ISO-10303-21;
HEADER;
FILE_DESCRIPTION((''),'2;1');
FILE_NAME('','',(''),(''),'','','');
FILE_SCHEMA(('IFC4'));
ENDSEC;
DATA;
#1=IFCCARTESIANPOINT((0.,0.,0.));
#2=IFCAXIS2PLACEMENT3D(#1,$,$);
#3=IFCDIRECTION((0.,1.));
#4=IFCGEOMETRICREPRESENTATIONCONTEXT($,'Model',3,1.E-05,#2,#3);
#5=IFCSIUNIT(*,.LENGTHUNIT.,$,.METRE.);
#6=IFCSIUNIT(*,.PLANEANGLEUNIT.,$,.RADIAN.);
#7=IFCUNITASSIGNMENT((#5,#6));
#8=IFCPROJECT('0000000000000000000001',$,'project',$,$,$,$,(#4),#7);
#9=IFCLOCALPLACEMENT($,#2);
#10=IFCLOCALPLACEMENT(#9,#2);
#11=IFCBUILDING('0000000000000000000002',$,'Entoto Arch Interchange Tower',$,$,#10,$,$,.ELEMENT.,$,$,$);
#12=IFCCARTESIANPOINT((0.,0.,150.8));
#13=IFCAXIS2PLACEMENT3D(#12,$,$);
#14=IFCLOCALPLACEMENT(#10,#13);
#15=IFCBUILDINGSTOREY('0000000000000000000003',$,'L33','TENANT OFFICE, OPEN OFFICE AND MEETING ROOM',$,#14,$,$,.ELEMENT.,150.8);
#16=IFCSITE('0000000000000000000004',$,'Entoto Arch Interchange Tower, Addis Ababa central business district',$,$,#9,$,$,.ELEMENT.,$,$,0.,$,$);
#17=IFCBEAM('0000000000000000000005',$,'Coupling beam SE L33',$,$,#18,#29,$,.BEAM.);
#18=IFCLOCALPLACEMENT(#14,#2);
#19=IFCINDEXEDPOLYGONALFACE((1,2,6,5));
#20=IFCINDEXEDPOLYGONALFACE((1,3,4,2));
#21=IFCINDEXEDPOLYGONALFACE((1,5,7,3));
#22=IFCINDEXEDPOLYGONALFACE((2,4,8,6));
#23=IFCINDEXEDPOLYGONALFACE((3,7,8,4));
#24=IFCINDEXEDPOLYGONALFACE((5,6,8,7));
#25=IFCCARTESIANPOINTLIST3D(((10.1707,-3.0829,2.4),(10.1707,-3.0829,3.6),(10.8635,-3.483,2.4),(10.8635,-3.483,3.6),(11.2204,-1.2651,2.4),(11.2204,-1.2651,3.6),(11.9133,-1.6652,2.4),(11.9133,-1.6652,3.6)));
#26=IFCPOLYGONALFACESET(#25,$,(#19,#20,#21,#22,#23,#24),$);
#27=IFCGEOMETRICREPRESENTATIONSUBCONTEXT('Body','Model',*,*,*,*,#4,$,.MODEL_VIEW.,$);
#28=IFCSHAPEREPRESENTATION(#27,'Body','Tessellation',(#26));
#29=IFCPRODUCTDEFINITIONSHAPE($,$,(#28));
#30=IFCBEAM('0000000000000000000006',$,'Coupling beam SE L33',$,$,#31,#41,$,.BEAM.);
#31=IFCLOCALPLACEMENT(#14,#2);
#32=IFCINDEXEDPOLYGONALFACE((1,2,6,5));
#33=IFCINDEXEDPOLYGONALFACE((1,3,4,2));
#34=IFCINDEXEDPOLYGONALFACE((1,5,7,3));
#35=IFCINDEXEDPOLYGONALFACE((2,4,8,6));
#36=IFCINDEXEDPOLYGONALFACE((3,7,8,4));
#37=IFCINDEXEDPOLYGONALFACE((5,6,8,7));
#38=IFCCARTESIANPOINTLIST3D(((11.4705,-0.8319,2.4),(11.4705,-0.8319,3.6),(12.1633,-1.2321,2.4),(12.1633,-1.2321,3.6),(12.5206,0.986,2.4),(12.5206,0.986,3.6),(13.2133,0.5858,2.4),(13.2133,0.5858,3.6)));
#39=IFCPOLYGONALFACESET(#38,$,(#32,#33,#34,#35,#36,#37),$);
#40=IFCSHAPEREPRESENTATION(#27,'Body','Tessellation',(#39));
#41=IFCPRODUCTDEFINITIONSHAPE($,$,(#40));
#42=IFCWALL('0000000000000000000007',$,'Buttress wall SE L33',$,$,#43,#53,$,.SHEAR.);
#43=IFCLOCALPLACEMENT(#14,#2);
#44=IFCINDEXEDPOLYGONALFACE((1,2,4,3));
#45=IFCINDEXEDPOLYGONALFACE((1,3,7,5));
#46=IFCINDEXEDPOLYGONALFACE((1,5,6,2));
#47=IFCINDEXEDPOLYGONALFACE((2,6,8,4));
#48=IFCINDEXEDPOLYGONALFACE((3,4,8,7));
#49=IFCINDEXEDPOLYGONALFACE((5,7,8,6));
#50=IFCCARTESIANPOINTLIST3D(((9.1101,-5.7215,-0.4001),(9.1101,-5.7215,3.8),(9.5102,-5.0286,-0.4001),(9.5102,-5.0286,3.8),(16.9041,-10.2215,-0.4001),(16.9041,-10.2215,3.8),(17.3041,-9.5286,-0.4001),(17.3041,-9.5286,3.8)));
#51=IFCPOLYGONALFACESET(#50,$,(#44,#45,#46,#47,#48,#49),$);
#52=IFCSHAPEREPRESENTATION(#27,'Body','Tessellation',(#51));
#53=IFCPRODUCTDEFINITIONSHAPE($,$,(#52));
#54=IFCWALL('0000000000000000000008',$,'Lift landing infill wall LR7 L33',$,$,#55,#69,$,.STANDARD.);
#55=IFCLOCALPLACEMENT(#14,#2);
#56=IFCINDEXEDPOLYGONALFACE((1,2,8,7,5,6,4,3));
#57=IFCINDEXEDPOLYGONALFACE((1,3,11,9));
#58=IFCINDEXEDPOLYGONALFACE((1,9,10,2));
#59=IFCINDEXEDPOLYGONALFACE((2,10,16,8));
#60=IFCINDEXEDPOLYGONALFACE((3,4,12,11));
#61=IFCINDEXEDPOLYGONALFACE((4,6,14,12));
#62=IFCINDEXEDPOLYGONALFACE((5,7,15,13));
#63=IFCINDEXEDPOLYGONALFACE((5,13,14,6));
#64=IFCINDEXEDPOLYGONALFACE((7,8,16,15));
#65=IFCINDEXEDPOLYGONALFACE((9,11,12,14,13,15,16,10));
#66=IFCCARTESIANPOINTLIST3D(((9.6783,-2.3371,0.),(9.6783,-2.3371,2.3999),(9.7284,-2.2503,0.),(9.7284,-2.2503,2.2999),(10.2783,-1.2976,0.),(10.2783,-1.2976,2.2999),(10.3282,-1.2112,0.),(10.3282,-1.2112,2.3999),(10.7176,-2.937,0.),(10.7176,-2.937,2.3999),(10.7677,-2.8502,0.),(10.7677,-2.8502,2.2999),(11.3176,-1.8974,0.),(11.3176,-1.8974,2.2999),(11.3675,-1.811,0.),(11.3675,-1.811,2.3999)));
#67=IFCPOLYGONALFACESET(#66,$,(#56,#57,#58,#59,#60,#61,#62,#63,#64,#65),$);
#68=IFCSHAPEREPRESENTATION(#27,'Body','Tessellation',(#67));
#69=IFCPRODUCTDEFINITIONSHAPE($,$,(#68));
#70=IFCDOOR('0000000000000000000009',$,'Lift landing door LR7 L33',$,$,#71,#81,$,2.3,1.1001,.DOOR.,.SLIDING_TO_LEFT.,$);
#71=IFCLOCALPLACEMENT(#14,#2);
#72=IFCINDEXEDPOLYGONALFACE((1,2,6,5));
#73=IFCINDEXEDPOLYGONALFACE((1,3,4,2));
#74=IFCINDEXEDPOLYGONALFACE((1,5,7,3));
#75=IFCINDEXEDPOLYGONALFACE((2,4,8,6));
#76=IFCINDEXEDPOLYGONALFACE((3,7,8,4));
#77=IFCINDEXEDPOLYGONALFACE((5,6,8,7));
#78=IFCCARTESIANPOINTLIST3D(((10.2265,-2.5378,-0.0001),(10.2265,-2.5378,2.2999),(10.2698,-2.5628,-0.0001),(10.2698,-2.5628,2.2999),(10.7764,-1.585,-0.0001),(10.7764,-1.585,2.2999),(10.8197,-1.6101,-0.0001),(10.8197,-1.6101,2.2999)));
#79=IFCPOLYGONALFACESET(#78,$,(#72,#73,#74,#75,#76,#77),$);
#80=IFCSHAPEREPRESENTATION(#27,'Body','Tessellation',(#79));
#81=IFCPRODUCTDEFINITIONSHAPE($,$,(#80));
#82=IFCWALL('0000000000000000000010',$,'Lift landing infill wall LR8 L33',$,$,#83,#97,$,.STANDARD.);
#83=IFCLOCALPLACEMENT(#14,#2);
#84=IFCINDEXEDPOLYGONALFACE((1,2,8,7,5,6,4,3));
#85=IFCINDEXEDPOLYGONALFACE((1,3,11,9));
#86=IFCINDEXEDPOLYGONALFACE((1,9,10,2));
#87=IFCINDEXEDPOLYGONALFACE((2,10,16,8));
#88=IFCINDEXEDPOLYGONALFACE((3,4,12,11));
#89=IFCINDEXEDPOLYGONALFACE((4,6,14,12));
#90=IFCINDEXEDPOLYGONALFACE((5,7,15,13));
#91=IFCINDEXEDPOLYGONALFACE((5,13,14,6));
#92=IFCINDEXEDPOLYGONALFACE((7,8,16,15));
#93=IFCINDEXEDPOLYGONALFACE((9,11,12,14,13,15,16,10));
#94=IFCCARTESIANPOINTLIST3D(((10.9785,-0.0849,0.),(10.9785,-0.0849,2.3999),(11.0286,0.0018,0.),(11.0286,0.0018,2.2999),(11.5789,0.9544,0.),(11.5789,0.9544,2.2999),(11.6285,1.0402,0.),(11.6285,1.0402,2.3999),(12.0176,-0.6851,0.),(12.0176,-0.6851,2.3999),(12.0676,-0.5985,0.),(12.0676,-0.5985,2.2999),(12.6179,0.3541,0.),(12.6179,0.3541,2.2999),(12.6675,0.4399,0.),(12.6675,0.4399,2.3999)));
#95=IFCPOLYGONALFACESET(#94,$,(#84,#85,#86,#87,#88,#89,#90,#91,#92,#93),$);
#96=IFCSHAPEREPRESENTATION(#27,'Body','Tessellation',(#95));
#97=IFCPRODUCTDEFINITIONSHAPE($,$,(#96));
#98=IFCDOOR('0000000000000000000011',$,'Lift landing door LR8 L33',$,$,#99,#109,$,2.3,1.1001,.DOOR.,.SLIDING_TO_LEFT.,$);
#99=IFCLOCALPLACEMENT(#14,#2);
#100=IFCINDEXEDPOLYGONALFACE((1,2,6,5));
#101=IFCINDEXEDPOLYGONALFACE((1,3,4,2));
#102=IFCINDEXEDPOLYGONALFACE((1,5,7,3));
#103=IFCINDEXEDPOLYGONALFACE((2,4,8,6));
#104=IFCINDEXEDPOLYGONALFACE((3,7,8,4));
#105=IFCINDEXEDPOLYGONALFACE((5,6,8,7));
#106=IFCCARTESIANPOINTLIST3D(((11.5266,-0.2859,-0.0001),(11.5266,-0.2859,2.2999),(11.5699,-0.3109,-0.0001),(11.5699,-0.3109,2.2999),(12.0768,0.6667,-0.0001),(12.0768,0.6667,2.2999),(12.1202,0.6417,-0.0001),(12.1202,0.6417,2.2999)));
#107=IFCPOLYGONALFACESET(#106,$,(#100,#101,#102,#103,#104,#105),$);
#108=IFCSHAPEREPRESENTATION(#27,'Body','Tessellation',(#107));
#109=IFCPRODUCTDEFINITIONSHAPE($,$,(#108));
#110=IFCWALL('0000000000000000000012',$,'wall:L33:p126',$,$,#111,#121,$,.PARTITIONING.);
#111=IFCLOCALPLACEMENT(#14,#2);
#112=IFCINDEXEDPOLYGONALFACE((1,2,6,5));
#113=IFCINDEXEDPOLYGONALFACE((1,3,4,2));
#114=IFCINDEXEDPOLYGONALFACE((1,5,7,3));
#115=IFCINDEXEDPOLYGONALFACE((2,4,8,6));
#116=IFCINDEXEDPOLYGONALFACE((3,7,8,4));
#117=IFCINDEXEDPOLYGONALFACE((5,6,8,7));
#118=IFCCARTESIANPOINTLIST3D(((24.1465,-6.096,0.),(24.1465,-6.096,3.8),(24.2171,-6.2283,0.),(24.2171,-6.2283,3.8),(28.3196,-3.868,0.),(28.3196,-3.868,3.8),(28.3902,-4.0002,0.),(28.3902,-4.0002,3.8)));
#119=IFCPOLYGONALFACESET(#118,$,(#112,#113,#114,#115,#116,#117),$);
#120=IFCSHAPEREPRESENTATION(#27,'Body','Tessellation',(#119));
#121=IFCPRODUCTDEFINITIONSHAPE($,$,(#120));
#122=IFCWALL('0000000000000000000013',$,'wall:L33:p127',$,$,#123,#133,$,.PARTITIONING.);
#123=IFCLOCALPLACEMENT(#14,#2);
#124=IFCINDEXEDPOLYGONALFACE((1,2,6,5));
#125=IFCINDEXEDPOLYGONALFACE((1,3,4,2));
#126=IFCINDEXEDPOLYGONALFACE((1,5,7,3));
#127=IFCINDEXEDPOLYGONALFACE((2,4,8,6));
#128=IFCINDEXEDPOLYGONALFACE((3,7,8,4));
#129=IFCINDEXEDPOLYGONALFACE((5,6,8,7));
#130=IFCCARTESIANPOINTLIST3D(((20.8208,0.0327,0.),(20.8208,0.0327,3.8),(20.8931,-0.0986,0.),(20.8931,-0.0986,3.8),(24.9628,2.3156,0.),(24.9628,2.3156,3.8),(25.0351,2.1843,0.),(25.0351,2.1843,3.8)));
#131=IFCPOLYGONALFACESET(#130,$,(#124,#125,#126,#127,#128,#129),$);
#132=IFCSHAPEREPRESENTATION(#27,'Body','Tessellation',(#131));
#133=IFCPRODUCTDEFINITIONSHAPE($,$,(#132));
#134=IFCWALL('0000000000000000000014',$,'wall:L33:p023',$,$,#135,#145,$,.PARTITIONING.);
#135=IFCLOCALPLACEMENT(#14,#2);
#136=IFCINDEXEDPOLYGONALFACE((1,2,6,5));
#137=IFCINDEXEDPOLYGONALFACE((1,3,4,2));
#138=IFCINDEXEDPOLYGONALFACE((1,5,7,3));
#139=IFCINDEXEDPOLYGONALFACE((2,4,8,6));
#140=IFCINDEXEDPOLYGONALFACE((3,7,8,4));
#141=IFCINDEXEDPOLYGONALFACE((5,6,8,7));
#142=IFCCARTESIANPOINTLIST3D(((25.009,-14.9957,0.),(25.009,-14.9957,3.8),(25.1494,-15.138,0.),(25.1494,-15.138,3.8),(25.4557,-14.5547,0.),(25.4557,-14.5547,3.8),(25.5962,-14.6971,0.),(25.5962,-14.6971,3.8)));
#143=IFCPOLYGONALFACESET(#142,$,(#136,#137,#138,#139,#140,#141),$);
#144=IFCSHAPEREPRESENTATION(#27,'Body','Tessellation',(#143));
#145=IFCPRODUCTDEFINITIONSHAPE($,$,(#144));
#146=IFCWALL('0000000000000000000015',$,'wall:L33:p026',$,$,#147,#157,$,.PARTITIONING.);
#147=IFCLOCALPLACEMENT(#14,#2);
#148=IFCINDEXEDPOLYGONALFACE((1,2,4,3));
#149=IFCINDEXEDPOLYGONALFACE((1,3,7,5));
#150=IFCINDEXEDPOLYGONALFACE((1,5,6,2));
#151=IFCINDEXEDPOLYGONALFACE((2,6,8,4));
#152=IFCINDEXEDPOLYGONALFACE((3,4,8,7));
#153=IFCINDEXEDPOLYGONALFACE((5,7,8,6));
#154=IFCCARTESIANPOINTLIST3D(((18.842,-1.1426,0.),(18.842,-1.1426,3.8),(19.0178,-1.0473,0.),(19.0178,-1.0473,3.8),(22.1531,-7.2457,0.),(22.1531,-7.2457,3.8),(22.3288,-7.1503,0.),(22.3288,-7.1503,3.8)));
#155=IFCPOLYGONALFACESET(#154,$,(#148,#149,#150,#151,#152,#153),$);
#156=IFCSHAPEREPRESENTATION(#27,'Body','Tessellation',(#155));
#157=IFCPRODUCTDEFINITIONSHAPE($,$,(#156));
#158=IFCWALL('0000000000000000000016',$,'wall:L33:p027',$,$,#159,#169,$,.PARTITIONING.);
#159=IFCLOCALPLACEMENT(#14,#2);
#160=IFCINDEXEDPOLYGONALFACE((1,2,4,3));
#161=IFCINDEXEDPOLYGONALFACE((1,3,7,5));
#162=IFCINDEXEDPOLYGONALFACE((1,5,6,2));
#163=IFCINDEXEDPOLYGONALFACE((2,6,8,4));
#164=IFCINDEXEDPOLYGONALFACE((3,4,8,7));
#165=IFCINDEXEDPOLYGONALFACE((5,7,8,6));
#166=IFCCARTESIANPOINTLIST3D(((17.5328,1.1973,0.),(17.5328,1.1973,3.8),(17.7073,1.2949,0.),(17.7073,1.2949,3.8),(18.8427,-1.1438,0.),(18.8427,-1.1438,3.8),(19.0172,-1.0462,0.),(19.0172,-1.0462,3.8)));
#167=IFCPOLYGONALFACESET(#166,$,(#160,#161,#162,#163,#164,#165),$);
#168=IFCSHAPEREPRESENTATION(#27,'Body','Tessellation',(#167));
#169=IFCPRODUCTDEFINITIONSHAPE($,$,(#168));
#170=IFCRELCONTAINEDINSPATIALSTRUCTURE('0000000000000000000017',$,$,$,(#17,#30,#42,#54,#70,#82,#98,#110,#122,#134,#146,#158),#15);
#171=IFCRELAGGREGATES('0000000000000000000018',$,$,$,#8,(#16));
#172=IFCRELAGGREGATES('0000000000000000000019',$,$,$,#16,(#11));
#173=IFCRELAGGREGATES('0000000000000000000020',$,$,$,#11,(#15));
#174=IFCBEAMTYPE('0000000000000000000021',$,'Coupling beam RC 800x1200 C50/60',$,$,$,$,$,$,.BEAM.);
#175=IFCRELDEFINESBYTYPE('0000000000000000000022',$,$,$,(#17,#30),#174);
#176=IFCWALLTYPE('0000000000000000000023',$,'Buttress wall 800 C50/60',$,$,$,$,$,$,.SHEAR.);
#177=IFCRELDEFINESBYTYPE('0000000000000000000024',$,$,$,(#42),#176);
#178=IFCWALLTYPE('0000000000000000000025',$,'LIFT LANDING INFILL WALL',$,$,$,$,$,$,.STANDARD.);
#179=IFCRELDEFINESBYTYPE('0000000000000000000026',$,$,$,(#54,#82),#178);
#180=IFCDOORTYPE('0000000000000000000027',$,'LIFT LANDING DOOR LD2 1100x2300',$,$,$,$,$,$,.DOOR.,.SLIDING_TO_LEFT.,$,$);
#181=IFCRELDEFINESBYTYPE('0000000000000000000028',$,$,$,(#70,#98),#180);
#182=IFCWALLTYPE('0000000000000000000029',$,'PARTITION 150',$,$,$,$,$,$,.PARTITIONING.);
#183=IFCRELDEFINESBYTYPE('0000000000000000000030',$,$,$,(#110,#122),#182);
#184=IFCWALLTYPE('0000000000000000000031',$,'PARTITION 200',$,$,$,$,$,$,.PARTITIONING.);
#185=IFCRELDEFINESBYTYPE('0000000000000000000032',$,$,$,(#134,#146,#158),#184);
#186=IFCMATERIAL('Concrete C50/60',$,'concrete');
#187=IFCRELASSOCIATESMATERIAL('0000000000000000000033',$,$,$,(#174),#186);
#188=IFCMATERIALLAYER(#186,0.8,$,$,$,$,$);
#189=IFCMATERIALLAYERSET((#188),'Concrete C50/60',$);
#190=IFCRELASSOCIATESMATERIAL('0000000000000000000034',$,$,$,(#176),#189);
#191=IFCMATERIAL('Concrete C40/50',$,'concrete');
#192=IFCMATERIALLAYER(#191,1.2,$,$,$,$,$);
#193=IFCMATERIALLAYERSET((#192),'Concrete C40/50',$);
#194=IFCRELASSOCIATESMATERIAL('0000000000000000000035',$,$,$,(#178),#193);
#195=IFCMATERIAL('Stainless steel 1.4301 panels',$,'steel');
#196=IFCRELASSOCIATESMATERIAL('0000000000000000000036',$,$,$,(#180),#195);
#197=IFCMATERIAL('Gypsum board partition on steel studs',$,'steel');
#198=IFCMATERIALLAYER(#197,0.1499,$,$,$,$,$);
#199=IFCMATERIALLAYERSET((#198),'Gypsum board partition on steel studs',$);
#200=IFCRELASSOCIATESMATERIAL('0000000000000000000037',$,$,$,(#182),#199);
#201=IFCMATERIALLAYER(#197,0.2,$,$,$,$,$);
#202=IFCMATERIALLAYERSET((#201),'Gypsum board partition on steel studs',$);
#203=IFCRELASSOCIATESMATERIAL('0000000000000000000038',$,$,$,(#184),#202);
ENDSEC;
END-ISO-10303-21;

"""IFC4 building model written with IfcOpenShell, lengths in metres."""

from ifc_helpers import new_model, si_unit, direction, frame, frame_2d, origin, origin_2d, place, context, subcontext, project, spatial, rectangle, extrude, material, layer, layer_set, material_profile, profile_set, type_object, element, fill, save


model = new_model("IFC4")

# Units and contexts
model_context = context("Model", 3, precision=1e-05, world=origin(), true_north=direction((0.0, 1.0)))
body_context = subcontext(model_context, "Body", "Model", "MODEL_VIEW")
ifc_project = project(units=[si_unit("LENGTHUNIT", "METRE"), si_unit("PLANEANGLEUNIT", "RADIAN")], contexts=[model_context])

# Site, building, storey
site_placement = place(None, origin())
site = spatial("IfcSite", under=ifc_project, at=site_placement, Name="Entoto Arch Interchange Tower, Addis Ababa central business district", CompositionType="ELEMENT", RefElevation=0.0)
building_placement = place(site_placement, origin())
building = spatial("IfcBuilding", under=site, at=building_placement, Name="Entoto Arch Interchange Tower", CompositionType="ELEMENT")
storey_placement = place(building_placement, frame((0.0, 0.0, 150.8)))
storey = spatial("IfcBuildingStorey", under=building, at=storey_placement, Name="L33", Description="TENANT OFFICE, OPEN OFFICE AND MEETING ROOM", CompositionType="ELEMENT", Elevation=150.8)

# Beams
ifc_material_1 = material(Name="Concrete C50/60", Category="concrete")
ifc_material_profile = material_profile(ifc_material_1, rectangle(XDim=0.8, YDim=1.2, at=origin_2d()))
ifc_profile_set = profile_set([ifc_material_profile], Name="Concrete C50/60")
beam_type = type_object("IfcBeamType", Name="Coupling beam RC 800x1200 C50/60", PredefinedType="BEAM", material=ifc_profile_set)
beam_1_placement = place(storey_placement, frame((10.5171, -3.283, 3.0), z_axis=(0.500092, 0.865973, 0.0), x_axis=(-0.865973, 0.500092, 0.0)))
element("IfcBeam", 1, at=beam_1_placement, inside=storey, type_object=beam_type, Name="Coupling beam SE L33", PredefinedType="BEAM", context=body_context, shape_type="SweptSolid", body=[
    extrude(rectangle(XDim=0.8, YDim=1.2, at=origin_2d()), origin(), (0.0, 0.0, 1.0), 2.0991),
])
beam_2_placement = place(storey_placement, frame((11.8169, -1.032, 3.0), z_axis=(0.500179, 0.865922, 0.0), x_axis=(-0.865922, 0.500179, 0.0)))
element("IfcBeam", 2, at=beam_2_placement, inside=storey, type_object=beam_type, Name="Coupling beam SE L33", PredefinedType="BEAM", context=body_context, shape_type="SweptSolid", body=[
    extrude(rectangle(XDim=0.8, YDim=1.2, at=origin_2d()), origin(), (0.0, 0.0, 1.0), 2.0994),
])

# Wall
ifc_layer_1 = layer(ifc_material_1, 0.8)
ifc_layer_set_1 = layer_set([ifc_layer_1], Name="Concrete C50/60")
wall_type_1 = type_object("IfcWallType", Name="Buttress wall 800 C50/60", PredefinedType="SHEAR", material=ifc_layer_set_1)
wall_1_placement = place(storey_placement, frame((9.3101, -5.375, -0.4001), z_axis=(0.0, 0.0, 1.0), x_axis=(0.866018, -0.500014, 0.0)))
element("IfcWall", 3, at=wall_1_placement, inside=storey, type_object=wall_type_1, Name="Buttress wall SE L33", PredefinedType="SHEAR", context=body_context, shape_type="SweptSolid", body=[
    extrude(rectangle(XDim=8.9998, YDim=0.8, at=frame_2d((4.5, 0.0))), origin(), (0.0, 0.0, 1.0), 4.2002),
])

# Walls, openings, doors
ifc_material_2 = material(Name="Concrete C40/50", Category="concrete")
ifc_layer_2 = layer(ifc_material_2, 1.2)
ifc_layer_set_2 = layer_set([ifc_layer_2], Name="Concrete C40/50")
wall_type_2 = type_object("IfcWallType", Name="LIFT LANDING INFILL WALL", PredefinedType="STANDARD", material=ifc_layer_set_2)
wall_2_placement = place(storey_placement, frame((10.198, -2.637, 0.0), z_axis=(0.0, 0.0, 1.0), x_axis=(0.499896, 0.866086, 0.0)))
wall_2 = element("IfcWall", 4, at=wall_2_placement, inside=storey, type_object=wall_type_2, Name="Lift landing infill wall LR7 L33", PredefinedType="STANDARD", context=body_context, shape_type="SweptSolid", body=[
    extrude(rectangle(XDim=1.3, YDim=1.2, at=frame_2d((0.6499, 0.0))), origin(), (0.0, 0.0, 1.0), 2.3999),
])
opening_1_placement = place(wall_2_placement, frame((0.1001, 0.0, 0.0)))
opening_1 = element("IfcOpeningElement", 5, at=opening_1_placement, cuts=wall_2, PredefinedType="OPENING", context=body_context, shape_type="SweptSolid", body=[
    extrude(rectangle(XDim=1.1001, YDim=2.3, at=frame_2d((0.55, 1.1499))), frame((0.0, 0.6099, 0.0), z_axis=(0.0, -1.0, 0.0), x_axis=(1.0, 0.0, 0.0)), (0.0, 0.0, 1.0), 1.22),
])
ifc_material_3 = material(Name="Stainless steel 1.4301 panels", Category="steel")
door_type_1 = type_object("IfcDoorType", Name="LIFT LANDING DOOR LD2 1100x2300", OperationType="SLIDING_TO_LEFT", PredefinedType="DOOR", material=ifc_material_3)
door_1_placement = place(opening_1_placement, origin())
door_1 = element("IfcDoor", 6, at=door_1_placement, inside=storey, type_object=door_type_1, Name="Lift landing door LR7 L33", OperationType="SLIDING_TO_LEFT", OverallHeight=2.3, OverallWidth=1.1001, PredefinedType="DOOR", context=body_context, shape_type="SweptSolid", body=[
    extrude(rectangle(XDim=1.1001, YDim=2.3, at=frame_2d((0.55, 1.1499))), frame((0.0, 0.0249, 0.0), z_axis=(0.0, -1.0, 0.0), x_axis=(1.0, 0.0, 0.0)), (0.0, 0.0, 1.0), 0.05),
])
fill(opening_1, door_1)
wall_3_placement = place(storey_placement, frame((11.498, -0.385, 0.0), z_axis=(0.0, 0.0, 1.0), x_axis=(0.500221, 0.865898, 0.0)))
wall_3 = element("IfcWall", 7, at=wall_3_placement, inside=storey, type_object=wall_type_2, Name="Lift landing infill wall LR8 L33", PredefinedType="STANDARD", context=body_context, shape_type="SweptSolid", body=[
    extrude(rectangle(XDim=1.2993, YDim=1.2, at=frame_2d((0.6497, 0.0))), origin(), (0.0, 0.0, 1.0), 2.3999),
])
opening_2_placement = place(wall_3_placement, frame((0.1001, 0.0, 0.0)))
opening_2 = element("IfcOpeningElement", 8, at=opening_2_placement, cuts=wall_3, PredefinedType="OPENING", context=body_context, shape_type="SweptSolid", body=[
    extrude(rectangle(XDim=1.1001, YDim=2.3, at=frame_2d((0.55, 1.1499))), frame((0.0, 0.6099, 0.0), z_axis=(0.0, -1.0, 0.0), x_axis=(1.0, 0.0, 0.0)), (0.0, 0.0, 1.0), 1.22),
])
door_2_placement = place(opening_2_placement, origin())
door_2 = element("IfcDoor", 9, at=door_2_placement, inside=storey, type_object=door_type_1, Name="Lift landing door LR8 L33", OperationType="SLIDING_TO_LEFT", OverallHeight=2.3, OverallWidth=1.1001, PredefinedType="DOOR", context=body_context, shape_type="SweptSolid", body=[
    extrude(rectangle(XDim=1.1001, YDim=2.3, at=frame_2d((0.55, 1.1499))), frame((0.0, 0.0249, 0.0), z_axis=(0.0, -1.0, 0.0), x_axis=(1.0, 0.0, 0.0)), (0.0, 0.0, 1.0), 0.05),
])
fill(opening_2, door_2)

# Walls
ifc_material_4 = material(Name="Gypsum board partition on steel studs", Category="steel")
ifc_layer_3 = layer(ifc_material_4, 0.1499)
ifc_layer_set_3 = layer_set([ifc_layer_3], Name="Gypsum board partition on steel studs")
wall_type_3 = type_object("IfcWallType", Name="PARTITION 150", PredefinedType="PARTITIONING", material=ifc_layer_set_3)
wall_4_placement = place(storey_placement, frame((24.1819, -6.1621, 0.0), z_axis=(0.0, 0.0, 1.0), x_axis=(0.882144, 0.470979, 0.0)))
element("IfcWall", 10, at=wall_4_placement, inside=storey, type_object=wall_type_3, Name="wall:L33:p126", PredefinedType="PARTITIONING", context=body_context, shape_type="SweptSolid", body=[
    extrude(rectangle(XDim=4.7307, YDim=0.1499, at=frame_2d((2.3652, 0.0))), origin(), (0.0, 0.0, 1.0), 3.8),
])
wall_5_placement = place(storey_placement, frame((20.8569, -0.033, 0.0), z_axis=(0.0, 0.0, 1.0), x_axis=(0.875786, 0.482699, 0.0)))
element("IfcWall", 11, at=wall_5_placement, inside=storey, type_object=wall_type_3, Name="wall:L33:p127", PredefinedType="PARTITIONING", context=body_context, shape_type="SweptSolid", body=[
    extrude(rectangle(XDim=4.7295, YDim=0.1499, at=frame_2d((2.3647, 0.0))), origin(), (0.0, 0.0, 1.0), 3.8),
])
ifc_layer_4 = layer(ifc_material_4, 0.2)
ifc_layer_set_4 = layer_set([ifc_layer_4], Name="Gypsum board partition on steel studs")
wall_type_4 = type_object("IfcWallType", Name="PARTITION 200", PredefinedType="PARTITIONING", material=ifc_layer_set_4)
wall_6_placement = place(storey_placement, frame((25.0791, -15.0669, 0.0), z_axis=(0.0, 0.0, 1.0), x_axis=(0.711759, 0.702424, 0.0)))
element("IfcWall", 12, at=wall_6_placement, inside=storey, type_object=wall_type_4, Name="wall:L33:p023", PredefinedType="PARTITIONING", context=body_context, shape_type="SweptSolid", body=[
    extrude(rectangle(XDim=0.6277, YDim=0.2, at=frame_2d((0.314, 0.0))), origin(), (0.0, 0.0, 1.0), 3.8),
])
wall_7_placement = place(storey_placement, frame((22.241, -7.198, 0.0), z_axis=(0.0, 0.0, 1.0), x_axis=(-0.476865, 0.878976, 0.0)))
element("IfcWall", 13, at=wall_7_placement, inside=storey, type_object=wall_type_4, Name="wall:L33:p026", PredefinedType="PARTITIONING", context=body_context, shape_type="SweptSolid", body=[
    extrude(rectangle(XDim=6.9434, YDim=0.2, at=frame_2d((3.4717, 0.0))), origin(), (0.0, 0.0, 1.0), 3.8),
])
wall_8_placement = place(storey_placement, frame((18.9299, -1.095, 0.0), z_axis=(0.0, 0.0, 1.0), x_axis=(-0.488268, 0.872694, 0.0)))
element("IfcWall", 14, at=wall_8_placement, inside=storey, type_object=wall_type_4, Name="wall:L33:p027", PredefinedType="PARTITIONING", context=body_context, shape_type="SweptSolid", body=[
    extrude(rectangle(XDim=2.6826, YDim=0.2, at=frame_2d((1.3413, 0.0))), origin(), (0.0, 0.0, 1.0), 3.8),
])

save(model, "model.ifc")
